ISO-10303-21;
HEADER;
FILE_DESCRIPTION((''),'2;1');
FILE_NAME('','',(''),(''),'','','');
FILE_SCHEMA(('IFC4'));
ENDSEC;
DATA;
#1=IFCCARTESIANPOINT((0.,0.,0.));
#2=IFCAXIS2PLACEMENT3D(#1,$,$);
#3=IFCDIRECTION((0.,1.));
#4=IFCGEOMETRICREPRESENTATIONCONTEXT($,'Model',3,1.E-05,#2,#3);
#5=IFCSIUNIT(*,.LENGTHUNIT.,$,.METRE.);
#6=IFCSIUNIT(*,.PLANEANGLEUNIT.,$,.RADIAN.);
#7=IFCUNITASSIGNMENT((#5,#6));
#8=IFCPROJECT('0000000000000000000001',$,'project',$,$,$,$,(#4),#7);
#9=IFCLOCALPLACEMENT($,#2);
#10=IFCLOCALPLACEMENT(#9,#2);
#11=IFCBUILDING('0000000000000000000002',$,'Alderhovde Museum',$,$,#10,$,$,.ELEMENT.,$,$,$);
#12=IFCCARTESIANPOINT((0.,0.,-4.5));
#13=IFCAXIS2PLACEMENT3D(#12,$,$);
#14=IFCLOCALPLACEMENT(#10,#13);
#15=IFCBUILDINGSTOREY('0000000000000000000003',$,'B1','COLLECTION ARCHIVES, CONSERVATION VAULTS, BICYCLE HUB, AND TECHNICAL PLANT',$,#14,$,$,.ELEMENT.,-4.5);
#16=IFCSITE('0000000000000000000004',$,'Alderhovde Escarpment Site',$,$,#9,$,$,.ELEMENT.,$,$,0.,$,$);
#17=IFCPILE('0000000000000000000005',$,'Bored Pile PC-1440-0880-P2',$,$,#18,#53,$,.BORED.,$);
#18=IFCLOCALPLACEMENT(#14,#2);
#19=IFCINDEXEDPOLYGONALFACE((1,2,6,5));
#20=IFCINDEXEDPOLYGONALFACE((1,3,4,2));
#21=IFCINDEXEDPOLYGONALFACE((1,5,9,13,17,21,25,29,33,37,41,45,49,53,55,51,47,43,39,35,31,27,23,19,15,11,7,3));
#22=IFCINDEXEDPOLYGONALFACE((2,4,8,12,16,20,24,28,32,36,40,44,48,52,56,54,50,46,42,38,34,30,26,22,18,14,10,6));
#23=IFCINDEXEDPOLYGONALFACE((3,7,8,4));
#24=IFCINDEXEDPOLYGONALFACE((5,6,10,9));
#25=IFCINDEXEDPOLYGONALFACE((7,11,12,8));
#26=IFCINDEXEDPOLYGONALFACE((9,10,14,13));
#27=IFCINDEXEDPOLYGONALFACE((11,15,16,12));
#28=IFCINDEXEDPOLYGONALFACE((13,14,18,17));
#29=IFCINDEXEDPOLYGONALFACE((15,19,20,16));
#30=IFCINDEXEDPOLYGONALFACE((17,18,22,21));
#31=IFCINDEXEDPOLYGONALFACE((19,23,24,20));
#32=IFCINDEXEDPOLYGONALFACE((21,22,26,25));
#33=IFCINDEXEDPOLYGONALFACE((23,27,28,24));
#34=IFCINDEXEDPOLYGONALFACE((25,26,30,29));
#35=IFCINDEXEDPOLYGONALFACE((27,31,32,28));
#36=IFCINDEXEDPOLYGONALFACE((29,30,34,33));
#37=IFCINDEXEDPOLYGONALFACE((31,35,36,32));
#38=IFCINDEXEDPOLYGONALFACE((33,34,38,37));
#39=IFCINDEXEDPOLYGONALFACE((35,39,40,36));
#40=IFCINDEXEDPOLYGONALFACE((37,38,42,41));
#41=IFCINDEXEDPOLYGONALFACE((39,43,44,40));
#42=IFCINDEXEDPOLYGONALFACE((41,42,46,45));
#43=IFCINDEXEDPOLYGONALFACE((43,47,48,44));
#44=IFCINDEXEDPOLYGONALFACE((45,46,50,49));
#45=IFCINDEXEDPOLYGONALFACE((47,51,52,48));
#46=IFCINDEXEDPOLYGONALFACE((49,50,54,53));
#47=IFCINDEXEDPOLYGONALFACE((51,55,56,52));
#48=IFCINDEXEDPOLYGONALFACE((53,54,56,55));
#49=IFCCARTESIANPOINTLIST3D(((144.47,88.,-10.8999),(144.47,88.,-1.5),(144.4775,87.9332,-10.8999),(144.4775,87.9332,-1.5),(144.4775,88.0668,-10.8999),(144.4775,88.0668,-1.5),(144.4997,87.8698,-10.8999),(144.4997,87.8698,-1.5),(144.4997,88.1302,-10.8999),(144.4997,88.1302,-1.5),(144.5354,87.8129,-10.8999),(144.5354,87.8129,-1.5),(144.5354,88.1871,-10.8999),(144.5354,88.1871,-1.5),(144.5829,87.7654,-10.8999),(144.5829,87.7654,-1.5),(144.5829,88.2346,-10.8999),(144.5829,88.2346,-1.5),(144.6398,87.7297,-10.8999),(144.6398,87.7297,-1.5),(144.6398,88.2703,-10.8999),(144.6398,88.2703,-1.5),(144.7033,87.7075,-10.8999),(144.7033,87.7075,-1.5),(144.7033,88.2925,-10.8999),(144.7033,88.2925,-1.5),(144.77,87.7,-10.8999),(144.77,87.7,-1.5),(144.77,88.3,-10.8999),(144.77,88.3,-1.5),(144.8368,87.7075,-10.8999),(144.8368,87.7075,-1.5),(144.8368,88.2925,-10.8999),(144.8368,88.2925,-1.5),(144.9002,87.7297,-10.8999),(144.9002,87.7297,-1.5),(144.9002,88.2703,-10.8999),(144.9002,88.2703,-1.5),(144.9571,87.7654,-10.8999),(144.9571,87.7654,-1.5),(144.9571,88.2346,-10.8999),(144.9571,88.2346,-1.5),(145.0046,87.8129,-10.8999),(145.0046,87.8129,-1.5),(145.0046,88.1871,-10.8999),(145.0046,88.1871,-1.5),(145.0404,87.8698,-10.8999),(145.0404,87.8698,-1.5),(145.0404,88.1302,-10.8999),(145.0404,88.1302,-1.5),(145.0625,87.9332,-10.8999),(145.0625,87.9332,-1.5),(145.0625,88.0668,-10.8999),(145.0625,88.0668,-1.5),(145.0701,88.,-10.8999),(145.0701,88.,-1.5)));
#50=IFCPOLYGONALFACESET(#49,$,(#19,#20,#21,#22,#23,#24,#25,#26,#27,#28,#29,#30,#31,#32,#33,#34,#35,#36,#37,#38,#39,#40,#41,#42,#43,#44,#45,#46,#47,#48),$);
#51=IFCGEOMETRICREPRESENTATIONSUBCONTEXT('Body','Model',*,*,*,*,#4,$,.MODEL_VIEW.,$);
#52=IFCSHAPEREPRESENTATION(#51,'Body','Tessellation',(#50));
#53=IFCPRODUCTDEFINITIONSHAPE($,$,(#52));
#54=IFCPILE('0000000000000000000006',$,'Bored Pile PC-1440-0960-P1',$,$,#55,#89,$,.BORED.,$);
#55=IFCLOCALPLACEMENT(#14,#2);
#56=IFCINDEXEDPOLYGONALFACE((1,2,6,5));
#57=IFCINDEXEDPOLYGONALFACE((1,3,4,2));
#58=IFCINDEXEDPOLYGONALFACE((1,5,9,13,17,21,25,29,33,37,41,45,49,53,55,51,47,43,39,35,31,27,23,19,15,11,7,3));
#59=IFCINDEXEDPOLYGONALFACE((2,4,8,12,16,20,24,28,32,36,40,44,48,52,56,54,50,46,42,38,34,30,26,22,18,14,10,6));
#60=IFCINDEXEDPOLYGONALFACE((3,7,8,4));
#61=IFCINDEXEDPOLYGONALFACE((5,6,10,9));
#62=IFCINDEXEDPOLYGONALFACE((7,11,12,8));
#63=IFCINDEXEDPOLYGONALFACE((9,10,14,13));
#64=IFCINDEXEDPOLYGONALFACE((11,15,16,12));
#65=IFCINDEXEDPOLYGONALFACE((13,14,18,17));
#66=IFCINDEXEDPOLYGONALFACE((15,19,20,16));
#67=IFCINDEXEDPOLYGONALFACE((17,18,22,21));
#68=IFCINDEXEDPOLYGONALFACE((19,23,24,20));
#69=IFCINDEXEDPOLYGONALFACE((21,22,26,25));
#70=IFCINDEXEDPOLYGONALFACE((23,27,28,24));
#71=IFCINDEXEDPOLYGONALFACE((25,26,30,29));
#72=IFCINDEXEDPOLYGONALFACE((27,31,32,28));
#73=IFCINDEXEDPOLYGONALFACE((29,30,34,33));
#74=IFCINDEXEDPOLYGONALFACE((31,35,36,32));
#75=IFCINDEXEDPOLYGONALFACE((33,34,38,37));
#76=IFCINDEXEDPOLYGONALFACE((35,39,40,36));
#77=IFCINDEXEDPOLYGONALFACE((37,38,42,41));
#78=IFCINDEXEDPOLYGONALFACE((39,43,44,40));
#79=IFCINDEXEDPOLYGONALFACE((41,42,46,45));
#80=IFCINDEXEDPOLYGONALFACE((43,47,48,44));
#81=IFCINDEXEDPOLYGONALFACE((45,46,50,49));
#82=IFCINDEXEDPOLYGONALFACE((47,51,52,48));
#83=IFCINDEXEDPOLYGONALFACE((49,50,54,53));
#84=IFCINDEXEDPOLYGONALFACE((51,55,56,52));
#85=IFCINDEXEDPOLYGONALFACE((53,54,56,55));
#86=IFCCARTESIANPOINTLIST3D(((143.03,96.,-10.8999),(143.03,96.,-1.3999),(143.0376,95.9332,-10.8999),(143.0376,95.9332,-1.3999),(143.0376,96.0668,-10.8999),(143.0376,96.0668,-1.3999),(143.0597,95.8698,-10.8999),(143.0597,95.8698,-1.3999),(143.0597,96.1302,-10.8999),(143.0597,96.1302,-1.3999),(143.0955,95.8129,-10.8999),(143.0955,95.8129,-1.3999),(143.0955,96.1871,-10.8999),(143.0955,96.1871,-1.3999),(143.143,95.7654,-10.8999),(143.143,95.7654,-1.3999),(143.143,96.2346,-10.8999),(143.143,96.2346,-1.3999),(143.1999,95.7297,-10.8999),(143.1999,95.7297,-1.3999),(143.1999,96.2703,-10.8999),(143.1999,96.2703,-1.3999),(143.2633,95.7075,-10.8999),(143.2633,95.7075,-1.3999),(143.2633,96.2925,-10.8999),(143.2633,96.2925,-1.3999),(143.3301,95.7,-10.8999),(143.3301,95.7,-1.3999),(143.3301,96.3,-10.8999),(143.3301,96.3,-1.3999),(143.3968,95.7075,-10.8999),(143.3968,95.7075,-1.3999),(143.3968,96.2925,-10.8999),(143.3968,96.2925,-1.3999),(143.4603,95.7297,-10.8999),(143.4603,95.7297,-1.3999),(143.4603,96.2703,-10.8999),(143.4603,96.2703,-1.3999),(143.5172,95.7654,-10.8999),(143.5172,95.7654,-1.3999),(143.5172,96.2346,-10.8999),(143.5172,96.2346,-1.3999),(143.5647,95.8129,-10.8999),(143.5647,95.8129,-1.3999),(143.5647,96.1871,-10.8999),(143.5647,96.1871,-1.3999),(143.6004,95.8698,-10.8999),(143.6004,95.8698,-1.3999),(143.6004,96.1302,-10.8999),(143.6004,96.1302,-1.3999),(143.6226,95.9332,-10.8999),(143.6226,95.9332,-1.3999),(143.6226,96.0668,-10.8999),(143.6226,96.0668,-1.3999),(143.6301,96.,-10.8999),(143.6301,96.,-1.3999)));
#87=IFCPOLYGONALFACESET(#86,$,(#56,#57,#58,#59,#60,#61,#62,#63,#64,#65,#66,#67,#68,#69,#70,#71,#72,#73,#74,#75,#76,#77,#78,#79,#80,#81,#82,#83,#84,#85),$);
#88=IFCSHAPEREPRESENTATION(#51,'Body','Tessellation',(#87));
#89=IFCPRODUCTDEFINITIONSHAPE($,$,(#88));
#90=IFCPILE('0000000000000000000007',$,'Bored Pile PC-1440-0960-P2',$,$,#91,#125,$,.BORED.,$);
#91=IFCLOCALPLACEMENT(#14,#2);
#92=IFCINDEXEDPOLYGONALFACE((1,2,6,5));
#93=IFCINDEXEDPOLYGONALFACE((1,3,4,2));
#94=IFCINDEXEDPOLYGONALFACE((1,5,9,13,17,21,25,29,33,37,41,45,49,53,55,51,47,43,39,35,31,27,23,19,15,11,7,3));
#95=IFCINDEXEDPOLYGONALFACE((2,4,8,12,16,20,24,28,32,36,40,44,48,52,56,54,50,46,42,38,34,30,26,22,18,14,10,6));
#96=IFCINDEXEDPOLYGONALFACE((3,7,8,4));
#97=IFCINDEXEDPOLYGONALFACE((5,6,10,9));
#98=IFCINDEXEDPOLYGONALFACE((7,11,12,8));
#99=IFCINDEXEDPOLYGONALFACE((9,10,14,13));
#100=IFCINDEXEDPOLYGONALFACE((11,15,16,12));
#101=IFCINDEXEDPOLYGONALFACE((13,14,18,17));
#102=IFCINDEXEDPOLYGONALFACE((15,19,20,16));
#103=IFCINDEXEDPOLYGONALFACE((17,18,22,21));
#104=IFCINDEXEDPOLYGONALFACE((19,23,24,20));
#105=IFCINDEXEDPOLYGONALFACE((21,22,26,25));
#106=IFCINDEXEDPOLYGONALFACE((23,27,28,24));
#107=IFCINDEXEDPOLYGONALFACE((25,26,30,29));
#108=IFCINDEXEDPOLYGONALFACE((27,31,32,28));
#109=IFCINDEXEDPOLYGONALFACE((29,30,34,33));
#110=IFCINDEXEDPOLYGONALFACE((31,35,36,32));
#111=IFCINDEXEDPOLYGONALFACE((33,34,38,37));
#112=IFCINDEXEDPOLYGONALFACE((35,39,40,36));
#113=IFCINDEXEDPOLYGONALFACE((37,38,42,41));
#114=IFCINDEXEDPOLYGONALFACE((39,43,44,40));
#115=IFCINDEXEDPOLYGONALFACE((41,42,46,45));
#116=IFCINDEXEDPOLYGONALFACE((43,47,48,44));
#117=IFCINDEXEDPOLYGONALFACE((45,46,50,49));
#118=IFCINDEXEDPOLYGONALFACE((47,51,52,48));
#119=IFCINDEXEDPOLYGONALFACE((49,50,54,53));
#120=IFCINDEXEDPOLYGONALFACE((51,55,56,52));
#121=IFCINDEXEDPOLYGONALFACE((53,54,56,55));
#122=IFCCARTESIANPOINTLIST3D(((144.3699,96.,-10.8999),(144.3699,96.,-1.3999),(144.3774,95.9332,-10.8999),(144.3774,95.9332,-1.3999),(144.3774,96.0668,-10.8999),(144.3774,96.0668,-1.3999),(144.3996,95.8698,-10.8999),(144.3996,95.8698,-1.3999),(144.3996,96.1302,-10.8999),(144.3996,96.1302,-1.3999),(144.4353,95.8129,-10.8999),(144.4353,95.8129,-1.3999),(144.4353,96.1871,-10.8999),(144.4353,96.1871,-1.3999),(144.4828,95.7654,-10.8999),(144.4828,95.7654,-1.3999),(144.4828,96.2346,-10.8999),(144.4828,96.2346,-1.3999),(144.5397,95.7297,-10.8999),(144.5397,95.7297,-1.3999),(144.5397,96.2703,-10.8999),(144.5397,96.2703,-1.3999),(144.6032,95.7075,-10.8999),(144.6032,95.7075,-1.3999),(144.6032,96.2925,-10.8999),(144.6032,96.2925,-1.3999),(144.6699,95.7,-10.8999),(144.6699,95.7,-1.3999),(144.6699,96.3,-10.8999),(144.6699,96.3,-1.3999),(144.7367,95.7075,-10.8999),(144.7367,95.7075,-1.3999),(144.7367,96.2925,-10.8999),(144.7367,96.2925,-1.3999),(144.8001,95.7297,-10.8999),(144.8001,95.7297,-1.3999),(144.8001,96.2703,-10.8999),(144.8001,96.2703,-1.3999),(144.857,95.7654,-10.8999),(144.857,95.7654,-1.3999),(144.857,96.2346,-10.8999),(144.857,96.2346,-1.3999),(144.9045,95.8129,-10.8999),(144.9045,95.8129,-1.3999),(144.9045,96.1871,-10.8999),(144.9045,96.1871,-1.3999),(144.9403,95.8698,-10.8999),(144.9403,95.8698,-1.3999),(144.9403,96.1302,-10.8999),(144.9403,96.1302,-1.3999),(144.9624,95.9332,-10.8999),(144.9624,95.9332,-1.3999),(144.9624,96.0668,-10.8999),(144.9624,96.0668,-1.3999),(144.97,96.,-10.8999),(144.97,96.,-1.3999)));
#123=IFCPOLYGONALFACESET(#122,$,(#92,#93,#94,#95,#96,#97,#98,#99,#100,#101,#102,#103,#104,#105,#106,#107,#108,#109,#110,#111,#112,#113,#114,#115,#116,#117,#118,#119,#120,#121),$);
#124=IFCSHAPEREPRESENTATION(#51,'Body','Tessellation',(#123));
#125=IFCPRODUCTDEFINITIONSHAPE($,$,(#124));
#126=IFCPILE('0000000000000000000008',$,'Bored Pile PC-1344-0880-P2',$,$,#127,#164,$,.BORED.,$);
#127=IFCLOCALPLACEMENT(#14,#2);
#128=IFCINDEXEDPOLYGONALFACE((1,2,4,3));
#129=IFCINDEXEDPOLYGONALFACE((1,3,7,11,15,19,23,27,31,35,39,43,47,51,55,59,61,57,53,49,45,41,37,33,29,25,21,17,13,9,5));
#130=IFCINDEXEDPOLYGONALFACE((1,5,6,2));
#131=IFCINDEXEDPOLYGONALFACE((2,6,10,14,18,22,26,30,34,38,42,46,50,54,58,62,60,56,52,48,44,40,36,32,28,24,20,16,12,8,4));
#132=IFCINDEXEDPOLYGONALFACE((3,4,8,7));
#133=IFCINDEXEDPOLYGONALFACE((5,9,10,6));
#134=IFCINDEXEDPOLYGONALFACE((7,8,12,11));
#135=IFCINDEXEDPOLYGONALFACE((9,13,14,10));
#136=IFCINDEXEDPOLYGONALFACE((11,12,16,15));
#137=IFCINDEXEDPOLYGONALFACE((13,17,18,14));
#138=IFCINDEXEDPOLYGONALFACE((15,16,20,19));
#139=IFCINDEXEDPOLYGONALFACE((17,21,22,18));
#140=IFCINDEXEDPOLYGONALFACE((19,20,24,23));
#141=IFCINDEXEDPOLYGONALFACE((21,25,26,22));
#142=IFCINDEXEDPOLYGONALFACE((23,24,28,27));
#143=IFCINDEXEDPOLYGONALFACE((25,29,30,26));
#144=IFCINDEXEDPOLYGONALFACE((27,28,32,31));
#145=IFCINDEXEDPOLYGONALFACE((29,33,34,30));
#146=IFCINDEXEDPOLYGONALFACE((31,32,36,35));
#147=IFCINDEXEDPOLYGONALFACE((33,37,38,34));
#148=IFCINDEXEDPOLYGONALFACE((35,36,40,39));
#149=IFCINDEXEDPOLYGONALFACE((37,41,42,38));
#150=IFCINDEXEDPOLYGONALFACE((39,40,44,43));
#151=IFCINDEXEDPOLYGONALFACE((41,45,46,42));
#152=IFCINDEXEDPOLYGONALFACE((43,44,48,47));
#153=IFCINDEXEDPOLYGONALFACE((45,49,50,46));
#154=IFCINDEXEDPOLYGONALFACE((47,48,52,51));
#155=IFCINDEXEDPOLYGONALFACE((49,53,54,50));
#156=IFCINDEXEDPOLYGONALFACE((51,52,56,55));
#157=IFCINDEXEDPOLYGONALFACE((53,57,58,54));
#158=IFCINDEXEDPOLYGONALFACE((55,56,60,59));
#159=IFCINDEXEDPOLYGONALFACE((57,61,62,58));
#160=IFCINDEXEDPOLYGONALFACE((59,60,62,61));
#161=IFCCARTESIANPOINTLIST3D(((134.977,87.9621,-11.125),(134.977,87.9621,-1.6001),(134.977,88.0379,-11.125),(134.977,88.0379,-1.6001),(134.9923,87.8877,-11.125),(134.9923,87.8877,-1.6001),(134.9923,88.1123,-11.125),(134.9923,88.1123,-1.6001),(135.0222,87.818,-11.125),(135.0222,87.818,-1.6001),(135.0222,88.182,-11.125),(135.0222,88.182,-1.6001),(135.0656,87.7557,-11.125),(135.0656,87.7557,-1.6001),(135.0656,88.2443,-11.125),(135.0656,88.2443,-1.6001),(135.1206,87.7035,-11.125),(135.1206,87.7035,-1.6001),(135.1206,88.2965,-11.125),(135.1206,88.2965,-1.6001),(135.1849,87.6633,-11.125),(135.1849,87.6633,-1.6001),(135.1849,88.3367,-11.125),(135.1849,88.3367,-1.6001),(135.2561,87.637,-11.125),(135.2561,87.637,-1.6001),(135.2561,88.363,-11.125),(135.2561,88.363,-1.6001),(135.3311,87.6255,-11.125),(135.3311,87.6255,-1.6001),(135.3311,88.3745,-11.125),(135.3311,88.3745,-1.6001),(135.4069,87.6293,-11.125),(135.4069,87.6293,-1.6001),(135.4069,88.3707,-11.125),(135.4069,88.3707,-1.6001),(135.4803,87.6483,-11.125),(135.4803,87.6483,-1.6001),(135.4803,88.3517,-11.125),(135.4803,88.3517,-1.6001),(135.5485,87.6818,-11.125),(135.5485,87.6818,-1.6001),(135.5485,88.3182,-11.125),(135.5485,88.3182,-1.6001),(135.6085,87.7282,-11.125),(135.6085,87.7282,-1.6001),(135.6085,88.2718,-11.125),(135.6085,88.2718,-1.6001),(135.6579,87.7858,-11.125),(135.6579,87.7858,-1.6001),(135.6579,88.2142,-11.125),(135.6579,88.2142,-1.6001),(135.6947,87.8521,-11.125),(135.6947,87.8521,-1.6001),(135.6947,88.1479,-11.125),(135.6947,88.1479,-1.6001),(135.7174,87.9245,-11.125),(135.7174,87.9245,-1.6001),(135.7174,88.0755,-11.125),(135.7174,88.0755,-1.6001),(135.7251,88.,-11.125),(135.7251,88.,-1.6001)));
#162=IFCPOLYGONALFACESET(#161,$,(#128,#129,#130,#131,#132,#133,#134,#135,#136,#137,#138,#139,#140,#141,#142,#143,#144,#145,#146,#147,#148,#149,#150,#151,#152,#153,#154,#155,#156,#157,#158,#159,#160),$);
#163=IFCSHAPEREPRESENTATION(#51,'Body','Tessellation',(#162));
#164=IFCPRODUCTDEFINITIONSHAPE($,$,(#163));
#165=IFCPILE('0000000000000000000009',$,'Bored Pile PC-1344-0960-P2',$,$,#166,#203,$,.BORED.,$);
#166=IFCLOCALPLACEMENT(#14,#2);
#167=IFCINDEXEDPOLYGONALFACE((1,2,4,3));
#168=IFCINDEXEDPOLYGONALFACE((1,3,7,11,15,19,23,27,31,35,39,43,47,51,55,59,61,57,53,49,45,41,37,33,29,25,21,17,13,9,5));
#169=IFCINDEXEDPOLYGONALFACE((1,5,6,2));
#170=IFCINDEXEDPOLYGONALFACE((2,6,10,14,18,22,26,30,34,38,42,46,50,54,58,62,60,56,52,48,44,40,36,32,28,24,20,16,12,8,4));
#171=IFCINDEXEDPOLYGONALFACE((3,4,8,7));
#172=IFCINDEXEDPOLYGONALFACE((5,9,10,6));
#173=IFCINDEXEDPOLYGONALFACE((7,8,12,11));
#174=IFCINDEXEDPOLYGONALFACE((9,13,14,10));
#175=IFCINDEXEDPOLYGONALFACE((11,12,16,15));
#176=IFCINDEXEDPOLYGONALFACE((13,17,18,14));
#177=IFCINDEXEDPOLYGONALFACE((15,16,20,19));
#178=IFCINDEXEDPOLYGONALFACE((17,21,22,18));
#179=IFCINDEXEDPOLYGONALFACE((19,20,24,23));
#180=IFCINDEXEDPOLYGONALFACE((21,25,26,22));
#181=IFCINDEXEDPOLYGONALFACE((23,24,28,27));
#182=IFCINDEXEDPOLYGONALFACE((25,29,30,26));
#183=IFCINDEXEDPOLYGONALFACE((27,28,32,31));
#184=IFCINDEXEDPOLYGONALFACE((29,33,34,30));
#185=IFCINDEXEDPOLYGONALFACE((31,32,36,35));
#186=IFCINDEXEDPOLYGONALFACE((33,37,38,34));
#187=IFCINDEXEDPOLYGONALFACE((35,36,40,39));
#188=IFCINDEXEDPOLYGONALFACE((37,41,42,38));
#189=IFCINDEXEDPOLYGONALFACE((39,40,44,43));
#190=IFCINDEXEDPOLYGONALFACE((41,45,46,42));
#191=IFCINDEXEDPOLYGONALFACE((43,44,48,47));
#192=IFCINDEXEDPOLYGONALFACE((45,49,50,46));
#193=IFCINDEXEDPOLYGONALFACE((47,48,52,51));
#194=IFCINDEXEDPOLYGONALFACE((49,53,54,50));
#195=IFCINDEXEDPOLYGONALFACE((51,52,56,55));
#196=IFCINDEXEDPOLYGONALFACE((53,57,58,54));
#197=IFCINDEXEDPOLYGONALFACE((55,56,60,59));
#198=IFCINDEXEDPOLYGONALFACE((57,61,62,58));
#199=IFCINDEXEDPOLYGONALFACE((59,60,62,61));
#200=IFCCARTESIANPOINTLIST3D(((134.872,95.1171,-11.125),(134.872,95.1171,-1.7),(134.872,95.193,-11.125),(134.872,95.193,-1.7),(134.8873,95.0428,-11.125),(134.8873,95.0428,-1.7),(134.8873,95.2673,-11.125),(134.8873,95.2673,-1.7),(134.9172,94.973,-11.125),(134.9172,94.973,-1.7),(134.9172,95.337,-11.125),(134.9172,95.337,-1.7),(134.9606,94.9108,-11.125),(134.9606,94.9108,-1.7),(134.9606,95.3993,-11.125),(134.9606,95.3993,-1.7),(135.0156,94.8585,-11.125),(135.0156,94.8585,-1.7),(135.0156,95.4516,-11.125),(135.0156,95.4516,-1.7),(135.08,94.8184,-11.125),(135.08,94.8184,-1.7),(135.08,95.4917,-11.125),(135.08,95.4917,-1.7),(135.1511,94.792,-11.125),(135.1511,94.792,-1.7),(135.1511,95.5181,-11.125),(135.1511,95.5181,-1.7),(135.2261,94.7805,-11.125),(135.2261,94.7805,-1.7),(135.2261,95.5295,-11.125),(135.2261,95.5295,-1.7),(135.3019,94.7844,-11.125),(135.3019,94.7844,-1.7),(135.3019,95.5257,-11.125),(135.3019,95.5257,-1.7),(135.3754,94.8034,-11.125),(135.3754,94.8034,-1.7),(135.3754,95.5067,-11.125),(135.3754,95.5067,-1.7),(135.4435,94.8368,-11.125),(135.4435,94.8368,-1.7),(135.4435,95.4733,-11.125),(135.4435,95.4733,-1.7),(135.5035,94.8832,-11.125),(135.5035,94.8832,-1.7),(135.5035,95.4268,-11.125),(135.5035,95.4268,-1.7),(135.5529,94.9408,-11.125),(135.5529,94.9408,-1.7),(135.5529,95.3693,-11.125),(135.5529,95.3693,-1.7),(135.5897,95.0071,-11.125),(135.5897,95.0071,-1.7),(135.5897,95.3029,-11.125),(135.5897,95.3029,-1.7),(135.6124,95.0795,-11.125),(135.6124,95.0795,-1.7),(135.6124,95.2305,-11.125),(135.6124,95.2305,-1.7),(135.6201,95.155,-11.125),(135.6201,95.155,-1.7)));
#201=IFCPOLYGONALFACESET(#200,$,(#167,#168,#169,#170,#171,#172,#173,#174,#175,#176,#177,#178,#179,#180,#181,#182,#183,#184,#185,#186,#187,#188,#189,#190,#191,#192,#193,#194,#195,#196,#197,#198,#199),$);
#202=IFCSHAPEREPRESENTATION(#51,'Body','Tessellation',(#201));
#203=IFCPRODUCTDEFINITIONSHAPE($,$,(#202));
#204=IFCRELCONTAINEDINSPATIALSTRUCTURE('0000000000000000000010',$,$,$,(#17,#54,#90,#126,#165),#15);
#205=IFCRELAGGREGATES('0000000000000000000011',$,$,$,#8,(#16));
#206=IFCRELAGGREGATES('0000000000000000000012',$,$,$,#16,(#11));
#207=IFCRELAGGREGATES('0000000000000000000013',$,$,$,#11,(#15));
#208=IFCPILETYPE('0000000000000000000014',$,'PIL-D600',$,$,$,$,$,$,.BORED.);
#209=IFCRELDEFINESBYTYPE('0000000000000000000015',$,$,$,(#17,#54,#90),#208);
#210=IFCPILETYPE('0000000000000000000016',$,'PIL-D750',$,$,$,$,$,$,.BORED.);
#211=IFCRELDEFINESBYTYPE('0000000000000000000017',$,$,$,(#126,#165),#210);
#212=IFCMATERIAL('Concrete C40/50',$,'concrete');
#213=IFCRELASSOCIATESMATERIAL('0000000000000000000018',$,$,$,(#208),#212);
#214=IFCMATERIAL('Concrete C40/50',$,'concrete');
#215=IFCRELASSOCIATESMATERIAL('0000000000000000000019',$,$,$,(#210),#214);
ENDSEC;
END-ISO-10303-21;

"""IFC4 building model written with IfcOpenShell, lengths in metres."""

from ifc_helpers import new_model, si_unit, direction, frame, origin, origin_2d, place, context, subcontext, project, spatial, circle, extrude, material, material_profile, profile_set, type_object, element, save


model = new_model("IFC4")

# Units and contexts
model_context = context("Model", 3, precision=1e-05, world=origin(), true_north=direction((0.0, 1.0)))
body_context = subcontext(model_context, "Body", "Model", "MODEL_VIEW")
ifc_project = project(units=[si_unit("LENGTHUNIT", "METRE"), si_unit("PLANEANGLEUNIT", "RADIAN")], contexts=[model_context])

# Site, building, storey
site_placement = place(None, origin())
site = spatial("IfcSite", under=ifc_project, at=site_placement, Name="Alderhovde Escarpment Site", CompositionType="ELEMENT", RefElevation=0.0)
building_placement = place(site_placement, origin())
building = spatial("IfcBuilding", under=site, at=building_placement, Name="Alderhovde Museum", CompositionType="ELEMENT")
storey_placement = place(building_placement, frame((0.0, 0.0, -4.5)))
storey = spatial("IfcBuildingStorey", under=building, at=storey_placement, Name="B1", Description="COLLECTION ARCHIVES, CONSERVATION VAULTS, BICYCLE HUB, AND TECHNICAL PLANT", CompositionType="ELEMENT", Elevation=-4.5)

# Piles
ifc_material_1 = material(Name="Concrete C40/50", Category="concrete")
ifc_material_profile_1 = material_profile(ifc_material_1, circle(Radius=0.3, at=origin_2d()), Name="PILE-D600")
ifc_profile_set_1 = profile_set([ifc_material_profile_1], Name="Concrete C40/50")
pile_type_1 = type_object("IfcPileType", Name="PIL-D600", PredefinedType="BORED", material=ifc_profile_set_1)
for number, where, z_axis, x_axis, name in (
    (1, (144.77, 88.0, -1.5), (0.0, 0.0, -1.0), (1.0, 0.0, 0.0), "Bored Pile PC-1440-0880-P2"),
):
    element("IfcPile", number, at=place(storey_placement, frame(where, z_axis=z_axis, x_axis=x_axis)), inside=storey, type_object=pile_type_1, Name=name, PredefinedType="BORED", context=body_context, shape_type="SweptSolid", body=[
        extrude(circle(Radius=0.3, at=origin_2d()), origin(), (0.0, 0.0, 1.0), 9.3999),
    ])
for number, where, z_axis, x_axis, name in (
    (2, (143.3301, 96.0, -1.3999), (0.0, 0.0, -1.0), (1.0, 0.0, 0.0), "Bored Pile PC-1440-0960-P1"),
    (3, (144.6699, 96.0, -1.3999), (0.0, 0.0, -1.0), (1.0, 0.0, 0.0), "Bored Pile PC-1440-0960-P2"),
):
    element("IfcPile", number, at=place(storey_placement, frame(where, z_axis=z_axis, x_axis=x_axis)), inside=storey, type_object=pile_type_1, Name=name, PredefinedType="BORED", context=body_context, shape_type="SweptSolid", body=[
        extrude(circle(Radius=0.3, at=origin_2d()), origin(), (0.0, 0.0, 1.0), 9.5),
    ])
ifc_material_2 = material(Name="Concrete C40/50", Category="concrete")
ifc_material_profile_2 = material_profile(ifc_material_2, circle(Radius=0.375, at=origin_2d()), Name="PILE-D750")
ifc_profile_set_2 = profile_set([ifc_material_profile_2], Name="Concrete C40/50")
pile_type_2 = type_object("IfcPileType", Name="PIL-D750", PredefinedType="BORED", material=ifc_profile_set_2)
pile_placement = place(storey_placement, frame((135.3501, 88.0, -1.6001), z_axis=(0.0, 0.0, -1.0), x_axis=(1.0, 0.0, 0.0)))
element("IfcPile", 4, at=pile_placement, inside=storey, type_object=pile_type_2, Name="Bored Pile PC-1344-0880-P2", PredefinedType="BORED", context=body_context, shape_type="SweptSolid", body=[
    extrude(circle(Radius=0.375, at=origin_2d()), origin(), (0.0, 0.0, 1.0), 9.5249),
])
for number, where, z_axis, x_axis, name in (
    (5, (135.2451, 95.155, -1.7), (0.0, 0.0, -1.0), (1.0, 0.0, 0.0), "Bored Pile PC-1344-0960-P2"),
):
    element("IfcPile", number, at=place(storey_placement, frame(where, z_axis=z_axis, x_axis=x_axis)), inside=storey, type_object=pile_type_2, Name=name, PredefinedType="BORED", context=body_context, shape_type="SweptSolid", body=[
        extrude(circle(Radius=0.375, at=origin_2d()), origin(), (0.0, 0.0, 1.0), 9.425),
    ])

save(model, "model.ifc")
